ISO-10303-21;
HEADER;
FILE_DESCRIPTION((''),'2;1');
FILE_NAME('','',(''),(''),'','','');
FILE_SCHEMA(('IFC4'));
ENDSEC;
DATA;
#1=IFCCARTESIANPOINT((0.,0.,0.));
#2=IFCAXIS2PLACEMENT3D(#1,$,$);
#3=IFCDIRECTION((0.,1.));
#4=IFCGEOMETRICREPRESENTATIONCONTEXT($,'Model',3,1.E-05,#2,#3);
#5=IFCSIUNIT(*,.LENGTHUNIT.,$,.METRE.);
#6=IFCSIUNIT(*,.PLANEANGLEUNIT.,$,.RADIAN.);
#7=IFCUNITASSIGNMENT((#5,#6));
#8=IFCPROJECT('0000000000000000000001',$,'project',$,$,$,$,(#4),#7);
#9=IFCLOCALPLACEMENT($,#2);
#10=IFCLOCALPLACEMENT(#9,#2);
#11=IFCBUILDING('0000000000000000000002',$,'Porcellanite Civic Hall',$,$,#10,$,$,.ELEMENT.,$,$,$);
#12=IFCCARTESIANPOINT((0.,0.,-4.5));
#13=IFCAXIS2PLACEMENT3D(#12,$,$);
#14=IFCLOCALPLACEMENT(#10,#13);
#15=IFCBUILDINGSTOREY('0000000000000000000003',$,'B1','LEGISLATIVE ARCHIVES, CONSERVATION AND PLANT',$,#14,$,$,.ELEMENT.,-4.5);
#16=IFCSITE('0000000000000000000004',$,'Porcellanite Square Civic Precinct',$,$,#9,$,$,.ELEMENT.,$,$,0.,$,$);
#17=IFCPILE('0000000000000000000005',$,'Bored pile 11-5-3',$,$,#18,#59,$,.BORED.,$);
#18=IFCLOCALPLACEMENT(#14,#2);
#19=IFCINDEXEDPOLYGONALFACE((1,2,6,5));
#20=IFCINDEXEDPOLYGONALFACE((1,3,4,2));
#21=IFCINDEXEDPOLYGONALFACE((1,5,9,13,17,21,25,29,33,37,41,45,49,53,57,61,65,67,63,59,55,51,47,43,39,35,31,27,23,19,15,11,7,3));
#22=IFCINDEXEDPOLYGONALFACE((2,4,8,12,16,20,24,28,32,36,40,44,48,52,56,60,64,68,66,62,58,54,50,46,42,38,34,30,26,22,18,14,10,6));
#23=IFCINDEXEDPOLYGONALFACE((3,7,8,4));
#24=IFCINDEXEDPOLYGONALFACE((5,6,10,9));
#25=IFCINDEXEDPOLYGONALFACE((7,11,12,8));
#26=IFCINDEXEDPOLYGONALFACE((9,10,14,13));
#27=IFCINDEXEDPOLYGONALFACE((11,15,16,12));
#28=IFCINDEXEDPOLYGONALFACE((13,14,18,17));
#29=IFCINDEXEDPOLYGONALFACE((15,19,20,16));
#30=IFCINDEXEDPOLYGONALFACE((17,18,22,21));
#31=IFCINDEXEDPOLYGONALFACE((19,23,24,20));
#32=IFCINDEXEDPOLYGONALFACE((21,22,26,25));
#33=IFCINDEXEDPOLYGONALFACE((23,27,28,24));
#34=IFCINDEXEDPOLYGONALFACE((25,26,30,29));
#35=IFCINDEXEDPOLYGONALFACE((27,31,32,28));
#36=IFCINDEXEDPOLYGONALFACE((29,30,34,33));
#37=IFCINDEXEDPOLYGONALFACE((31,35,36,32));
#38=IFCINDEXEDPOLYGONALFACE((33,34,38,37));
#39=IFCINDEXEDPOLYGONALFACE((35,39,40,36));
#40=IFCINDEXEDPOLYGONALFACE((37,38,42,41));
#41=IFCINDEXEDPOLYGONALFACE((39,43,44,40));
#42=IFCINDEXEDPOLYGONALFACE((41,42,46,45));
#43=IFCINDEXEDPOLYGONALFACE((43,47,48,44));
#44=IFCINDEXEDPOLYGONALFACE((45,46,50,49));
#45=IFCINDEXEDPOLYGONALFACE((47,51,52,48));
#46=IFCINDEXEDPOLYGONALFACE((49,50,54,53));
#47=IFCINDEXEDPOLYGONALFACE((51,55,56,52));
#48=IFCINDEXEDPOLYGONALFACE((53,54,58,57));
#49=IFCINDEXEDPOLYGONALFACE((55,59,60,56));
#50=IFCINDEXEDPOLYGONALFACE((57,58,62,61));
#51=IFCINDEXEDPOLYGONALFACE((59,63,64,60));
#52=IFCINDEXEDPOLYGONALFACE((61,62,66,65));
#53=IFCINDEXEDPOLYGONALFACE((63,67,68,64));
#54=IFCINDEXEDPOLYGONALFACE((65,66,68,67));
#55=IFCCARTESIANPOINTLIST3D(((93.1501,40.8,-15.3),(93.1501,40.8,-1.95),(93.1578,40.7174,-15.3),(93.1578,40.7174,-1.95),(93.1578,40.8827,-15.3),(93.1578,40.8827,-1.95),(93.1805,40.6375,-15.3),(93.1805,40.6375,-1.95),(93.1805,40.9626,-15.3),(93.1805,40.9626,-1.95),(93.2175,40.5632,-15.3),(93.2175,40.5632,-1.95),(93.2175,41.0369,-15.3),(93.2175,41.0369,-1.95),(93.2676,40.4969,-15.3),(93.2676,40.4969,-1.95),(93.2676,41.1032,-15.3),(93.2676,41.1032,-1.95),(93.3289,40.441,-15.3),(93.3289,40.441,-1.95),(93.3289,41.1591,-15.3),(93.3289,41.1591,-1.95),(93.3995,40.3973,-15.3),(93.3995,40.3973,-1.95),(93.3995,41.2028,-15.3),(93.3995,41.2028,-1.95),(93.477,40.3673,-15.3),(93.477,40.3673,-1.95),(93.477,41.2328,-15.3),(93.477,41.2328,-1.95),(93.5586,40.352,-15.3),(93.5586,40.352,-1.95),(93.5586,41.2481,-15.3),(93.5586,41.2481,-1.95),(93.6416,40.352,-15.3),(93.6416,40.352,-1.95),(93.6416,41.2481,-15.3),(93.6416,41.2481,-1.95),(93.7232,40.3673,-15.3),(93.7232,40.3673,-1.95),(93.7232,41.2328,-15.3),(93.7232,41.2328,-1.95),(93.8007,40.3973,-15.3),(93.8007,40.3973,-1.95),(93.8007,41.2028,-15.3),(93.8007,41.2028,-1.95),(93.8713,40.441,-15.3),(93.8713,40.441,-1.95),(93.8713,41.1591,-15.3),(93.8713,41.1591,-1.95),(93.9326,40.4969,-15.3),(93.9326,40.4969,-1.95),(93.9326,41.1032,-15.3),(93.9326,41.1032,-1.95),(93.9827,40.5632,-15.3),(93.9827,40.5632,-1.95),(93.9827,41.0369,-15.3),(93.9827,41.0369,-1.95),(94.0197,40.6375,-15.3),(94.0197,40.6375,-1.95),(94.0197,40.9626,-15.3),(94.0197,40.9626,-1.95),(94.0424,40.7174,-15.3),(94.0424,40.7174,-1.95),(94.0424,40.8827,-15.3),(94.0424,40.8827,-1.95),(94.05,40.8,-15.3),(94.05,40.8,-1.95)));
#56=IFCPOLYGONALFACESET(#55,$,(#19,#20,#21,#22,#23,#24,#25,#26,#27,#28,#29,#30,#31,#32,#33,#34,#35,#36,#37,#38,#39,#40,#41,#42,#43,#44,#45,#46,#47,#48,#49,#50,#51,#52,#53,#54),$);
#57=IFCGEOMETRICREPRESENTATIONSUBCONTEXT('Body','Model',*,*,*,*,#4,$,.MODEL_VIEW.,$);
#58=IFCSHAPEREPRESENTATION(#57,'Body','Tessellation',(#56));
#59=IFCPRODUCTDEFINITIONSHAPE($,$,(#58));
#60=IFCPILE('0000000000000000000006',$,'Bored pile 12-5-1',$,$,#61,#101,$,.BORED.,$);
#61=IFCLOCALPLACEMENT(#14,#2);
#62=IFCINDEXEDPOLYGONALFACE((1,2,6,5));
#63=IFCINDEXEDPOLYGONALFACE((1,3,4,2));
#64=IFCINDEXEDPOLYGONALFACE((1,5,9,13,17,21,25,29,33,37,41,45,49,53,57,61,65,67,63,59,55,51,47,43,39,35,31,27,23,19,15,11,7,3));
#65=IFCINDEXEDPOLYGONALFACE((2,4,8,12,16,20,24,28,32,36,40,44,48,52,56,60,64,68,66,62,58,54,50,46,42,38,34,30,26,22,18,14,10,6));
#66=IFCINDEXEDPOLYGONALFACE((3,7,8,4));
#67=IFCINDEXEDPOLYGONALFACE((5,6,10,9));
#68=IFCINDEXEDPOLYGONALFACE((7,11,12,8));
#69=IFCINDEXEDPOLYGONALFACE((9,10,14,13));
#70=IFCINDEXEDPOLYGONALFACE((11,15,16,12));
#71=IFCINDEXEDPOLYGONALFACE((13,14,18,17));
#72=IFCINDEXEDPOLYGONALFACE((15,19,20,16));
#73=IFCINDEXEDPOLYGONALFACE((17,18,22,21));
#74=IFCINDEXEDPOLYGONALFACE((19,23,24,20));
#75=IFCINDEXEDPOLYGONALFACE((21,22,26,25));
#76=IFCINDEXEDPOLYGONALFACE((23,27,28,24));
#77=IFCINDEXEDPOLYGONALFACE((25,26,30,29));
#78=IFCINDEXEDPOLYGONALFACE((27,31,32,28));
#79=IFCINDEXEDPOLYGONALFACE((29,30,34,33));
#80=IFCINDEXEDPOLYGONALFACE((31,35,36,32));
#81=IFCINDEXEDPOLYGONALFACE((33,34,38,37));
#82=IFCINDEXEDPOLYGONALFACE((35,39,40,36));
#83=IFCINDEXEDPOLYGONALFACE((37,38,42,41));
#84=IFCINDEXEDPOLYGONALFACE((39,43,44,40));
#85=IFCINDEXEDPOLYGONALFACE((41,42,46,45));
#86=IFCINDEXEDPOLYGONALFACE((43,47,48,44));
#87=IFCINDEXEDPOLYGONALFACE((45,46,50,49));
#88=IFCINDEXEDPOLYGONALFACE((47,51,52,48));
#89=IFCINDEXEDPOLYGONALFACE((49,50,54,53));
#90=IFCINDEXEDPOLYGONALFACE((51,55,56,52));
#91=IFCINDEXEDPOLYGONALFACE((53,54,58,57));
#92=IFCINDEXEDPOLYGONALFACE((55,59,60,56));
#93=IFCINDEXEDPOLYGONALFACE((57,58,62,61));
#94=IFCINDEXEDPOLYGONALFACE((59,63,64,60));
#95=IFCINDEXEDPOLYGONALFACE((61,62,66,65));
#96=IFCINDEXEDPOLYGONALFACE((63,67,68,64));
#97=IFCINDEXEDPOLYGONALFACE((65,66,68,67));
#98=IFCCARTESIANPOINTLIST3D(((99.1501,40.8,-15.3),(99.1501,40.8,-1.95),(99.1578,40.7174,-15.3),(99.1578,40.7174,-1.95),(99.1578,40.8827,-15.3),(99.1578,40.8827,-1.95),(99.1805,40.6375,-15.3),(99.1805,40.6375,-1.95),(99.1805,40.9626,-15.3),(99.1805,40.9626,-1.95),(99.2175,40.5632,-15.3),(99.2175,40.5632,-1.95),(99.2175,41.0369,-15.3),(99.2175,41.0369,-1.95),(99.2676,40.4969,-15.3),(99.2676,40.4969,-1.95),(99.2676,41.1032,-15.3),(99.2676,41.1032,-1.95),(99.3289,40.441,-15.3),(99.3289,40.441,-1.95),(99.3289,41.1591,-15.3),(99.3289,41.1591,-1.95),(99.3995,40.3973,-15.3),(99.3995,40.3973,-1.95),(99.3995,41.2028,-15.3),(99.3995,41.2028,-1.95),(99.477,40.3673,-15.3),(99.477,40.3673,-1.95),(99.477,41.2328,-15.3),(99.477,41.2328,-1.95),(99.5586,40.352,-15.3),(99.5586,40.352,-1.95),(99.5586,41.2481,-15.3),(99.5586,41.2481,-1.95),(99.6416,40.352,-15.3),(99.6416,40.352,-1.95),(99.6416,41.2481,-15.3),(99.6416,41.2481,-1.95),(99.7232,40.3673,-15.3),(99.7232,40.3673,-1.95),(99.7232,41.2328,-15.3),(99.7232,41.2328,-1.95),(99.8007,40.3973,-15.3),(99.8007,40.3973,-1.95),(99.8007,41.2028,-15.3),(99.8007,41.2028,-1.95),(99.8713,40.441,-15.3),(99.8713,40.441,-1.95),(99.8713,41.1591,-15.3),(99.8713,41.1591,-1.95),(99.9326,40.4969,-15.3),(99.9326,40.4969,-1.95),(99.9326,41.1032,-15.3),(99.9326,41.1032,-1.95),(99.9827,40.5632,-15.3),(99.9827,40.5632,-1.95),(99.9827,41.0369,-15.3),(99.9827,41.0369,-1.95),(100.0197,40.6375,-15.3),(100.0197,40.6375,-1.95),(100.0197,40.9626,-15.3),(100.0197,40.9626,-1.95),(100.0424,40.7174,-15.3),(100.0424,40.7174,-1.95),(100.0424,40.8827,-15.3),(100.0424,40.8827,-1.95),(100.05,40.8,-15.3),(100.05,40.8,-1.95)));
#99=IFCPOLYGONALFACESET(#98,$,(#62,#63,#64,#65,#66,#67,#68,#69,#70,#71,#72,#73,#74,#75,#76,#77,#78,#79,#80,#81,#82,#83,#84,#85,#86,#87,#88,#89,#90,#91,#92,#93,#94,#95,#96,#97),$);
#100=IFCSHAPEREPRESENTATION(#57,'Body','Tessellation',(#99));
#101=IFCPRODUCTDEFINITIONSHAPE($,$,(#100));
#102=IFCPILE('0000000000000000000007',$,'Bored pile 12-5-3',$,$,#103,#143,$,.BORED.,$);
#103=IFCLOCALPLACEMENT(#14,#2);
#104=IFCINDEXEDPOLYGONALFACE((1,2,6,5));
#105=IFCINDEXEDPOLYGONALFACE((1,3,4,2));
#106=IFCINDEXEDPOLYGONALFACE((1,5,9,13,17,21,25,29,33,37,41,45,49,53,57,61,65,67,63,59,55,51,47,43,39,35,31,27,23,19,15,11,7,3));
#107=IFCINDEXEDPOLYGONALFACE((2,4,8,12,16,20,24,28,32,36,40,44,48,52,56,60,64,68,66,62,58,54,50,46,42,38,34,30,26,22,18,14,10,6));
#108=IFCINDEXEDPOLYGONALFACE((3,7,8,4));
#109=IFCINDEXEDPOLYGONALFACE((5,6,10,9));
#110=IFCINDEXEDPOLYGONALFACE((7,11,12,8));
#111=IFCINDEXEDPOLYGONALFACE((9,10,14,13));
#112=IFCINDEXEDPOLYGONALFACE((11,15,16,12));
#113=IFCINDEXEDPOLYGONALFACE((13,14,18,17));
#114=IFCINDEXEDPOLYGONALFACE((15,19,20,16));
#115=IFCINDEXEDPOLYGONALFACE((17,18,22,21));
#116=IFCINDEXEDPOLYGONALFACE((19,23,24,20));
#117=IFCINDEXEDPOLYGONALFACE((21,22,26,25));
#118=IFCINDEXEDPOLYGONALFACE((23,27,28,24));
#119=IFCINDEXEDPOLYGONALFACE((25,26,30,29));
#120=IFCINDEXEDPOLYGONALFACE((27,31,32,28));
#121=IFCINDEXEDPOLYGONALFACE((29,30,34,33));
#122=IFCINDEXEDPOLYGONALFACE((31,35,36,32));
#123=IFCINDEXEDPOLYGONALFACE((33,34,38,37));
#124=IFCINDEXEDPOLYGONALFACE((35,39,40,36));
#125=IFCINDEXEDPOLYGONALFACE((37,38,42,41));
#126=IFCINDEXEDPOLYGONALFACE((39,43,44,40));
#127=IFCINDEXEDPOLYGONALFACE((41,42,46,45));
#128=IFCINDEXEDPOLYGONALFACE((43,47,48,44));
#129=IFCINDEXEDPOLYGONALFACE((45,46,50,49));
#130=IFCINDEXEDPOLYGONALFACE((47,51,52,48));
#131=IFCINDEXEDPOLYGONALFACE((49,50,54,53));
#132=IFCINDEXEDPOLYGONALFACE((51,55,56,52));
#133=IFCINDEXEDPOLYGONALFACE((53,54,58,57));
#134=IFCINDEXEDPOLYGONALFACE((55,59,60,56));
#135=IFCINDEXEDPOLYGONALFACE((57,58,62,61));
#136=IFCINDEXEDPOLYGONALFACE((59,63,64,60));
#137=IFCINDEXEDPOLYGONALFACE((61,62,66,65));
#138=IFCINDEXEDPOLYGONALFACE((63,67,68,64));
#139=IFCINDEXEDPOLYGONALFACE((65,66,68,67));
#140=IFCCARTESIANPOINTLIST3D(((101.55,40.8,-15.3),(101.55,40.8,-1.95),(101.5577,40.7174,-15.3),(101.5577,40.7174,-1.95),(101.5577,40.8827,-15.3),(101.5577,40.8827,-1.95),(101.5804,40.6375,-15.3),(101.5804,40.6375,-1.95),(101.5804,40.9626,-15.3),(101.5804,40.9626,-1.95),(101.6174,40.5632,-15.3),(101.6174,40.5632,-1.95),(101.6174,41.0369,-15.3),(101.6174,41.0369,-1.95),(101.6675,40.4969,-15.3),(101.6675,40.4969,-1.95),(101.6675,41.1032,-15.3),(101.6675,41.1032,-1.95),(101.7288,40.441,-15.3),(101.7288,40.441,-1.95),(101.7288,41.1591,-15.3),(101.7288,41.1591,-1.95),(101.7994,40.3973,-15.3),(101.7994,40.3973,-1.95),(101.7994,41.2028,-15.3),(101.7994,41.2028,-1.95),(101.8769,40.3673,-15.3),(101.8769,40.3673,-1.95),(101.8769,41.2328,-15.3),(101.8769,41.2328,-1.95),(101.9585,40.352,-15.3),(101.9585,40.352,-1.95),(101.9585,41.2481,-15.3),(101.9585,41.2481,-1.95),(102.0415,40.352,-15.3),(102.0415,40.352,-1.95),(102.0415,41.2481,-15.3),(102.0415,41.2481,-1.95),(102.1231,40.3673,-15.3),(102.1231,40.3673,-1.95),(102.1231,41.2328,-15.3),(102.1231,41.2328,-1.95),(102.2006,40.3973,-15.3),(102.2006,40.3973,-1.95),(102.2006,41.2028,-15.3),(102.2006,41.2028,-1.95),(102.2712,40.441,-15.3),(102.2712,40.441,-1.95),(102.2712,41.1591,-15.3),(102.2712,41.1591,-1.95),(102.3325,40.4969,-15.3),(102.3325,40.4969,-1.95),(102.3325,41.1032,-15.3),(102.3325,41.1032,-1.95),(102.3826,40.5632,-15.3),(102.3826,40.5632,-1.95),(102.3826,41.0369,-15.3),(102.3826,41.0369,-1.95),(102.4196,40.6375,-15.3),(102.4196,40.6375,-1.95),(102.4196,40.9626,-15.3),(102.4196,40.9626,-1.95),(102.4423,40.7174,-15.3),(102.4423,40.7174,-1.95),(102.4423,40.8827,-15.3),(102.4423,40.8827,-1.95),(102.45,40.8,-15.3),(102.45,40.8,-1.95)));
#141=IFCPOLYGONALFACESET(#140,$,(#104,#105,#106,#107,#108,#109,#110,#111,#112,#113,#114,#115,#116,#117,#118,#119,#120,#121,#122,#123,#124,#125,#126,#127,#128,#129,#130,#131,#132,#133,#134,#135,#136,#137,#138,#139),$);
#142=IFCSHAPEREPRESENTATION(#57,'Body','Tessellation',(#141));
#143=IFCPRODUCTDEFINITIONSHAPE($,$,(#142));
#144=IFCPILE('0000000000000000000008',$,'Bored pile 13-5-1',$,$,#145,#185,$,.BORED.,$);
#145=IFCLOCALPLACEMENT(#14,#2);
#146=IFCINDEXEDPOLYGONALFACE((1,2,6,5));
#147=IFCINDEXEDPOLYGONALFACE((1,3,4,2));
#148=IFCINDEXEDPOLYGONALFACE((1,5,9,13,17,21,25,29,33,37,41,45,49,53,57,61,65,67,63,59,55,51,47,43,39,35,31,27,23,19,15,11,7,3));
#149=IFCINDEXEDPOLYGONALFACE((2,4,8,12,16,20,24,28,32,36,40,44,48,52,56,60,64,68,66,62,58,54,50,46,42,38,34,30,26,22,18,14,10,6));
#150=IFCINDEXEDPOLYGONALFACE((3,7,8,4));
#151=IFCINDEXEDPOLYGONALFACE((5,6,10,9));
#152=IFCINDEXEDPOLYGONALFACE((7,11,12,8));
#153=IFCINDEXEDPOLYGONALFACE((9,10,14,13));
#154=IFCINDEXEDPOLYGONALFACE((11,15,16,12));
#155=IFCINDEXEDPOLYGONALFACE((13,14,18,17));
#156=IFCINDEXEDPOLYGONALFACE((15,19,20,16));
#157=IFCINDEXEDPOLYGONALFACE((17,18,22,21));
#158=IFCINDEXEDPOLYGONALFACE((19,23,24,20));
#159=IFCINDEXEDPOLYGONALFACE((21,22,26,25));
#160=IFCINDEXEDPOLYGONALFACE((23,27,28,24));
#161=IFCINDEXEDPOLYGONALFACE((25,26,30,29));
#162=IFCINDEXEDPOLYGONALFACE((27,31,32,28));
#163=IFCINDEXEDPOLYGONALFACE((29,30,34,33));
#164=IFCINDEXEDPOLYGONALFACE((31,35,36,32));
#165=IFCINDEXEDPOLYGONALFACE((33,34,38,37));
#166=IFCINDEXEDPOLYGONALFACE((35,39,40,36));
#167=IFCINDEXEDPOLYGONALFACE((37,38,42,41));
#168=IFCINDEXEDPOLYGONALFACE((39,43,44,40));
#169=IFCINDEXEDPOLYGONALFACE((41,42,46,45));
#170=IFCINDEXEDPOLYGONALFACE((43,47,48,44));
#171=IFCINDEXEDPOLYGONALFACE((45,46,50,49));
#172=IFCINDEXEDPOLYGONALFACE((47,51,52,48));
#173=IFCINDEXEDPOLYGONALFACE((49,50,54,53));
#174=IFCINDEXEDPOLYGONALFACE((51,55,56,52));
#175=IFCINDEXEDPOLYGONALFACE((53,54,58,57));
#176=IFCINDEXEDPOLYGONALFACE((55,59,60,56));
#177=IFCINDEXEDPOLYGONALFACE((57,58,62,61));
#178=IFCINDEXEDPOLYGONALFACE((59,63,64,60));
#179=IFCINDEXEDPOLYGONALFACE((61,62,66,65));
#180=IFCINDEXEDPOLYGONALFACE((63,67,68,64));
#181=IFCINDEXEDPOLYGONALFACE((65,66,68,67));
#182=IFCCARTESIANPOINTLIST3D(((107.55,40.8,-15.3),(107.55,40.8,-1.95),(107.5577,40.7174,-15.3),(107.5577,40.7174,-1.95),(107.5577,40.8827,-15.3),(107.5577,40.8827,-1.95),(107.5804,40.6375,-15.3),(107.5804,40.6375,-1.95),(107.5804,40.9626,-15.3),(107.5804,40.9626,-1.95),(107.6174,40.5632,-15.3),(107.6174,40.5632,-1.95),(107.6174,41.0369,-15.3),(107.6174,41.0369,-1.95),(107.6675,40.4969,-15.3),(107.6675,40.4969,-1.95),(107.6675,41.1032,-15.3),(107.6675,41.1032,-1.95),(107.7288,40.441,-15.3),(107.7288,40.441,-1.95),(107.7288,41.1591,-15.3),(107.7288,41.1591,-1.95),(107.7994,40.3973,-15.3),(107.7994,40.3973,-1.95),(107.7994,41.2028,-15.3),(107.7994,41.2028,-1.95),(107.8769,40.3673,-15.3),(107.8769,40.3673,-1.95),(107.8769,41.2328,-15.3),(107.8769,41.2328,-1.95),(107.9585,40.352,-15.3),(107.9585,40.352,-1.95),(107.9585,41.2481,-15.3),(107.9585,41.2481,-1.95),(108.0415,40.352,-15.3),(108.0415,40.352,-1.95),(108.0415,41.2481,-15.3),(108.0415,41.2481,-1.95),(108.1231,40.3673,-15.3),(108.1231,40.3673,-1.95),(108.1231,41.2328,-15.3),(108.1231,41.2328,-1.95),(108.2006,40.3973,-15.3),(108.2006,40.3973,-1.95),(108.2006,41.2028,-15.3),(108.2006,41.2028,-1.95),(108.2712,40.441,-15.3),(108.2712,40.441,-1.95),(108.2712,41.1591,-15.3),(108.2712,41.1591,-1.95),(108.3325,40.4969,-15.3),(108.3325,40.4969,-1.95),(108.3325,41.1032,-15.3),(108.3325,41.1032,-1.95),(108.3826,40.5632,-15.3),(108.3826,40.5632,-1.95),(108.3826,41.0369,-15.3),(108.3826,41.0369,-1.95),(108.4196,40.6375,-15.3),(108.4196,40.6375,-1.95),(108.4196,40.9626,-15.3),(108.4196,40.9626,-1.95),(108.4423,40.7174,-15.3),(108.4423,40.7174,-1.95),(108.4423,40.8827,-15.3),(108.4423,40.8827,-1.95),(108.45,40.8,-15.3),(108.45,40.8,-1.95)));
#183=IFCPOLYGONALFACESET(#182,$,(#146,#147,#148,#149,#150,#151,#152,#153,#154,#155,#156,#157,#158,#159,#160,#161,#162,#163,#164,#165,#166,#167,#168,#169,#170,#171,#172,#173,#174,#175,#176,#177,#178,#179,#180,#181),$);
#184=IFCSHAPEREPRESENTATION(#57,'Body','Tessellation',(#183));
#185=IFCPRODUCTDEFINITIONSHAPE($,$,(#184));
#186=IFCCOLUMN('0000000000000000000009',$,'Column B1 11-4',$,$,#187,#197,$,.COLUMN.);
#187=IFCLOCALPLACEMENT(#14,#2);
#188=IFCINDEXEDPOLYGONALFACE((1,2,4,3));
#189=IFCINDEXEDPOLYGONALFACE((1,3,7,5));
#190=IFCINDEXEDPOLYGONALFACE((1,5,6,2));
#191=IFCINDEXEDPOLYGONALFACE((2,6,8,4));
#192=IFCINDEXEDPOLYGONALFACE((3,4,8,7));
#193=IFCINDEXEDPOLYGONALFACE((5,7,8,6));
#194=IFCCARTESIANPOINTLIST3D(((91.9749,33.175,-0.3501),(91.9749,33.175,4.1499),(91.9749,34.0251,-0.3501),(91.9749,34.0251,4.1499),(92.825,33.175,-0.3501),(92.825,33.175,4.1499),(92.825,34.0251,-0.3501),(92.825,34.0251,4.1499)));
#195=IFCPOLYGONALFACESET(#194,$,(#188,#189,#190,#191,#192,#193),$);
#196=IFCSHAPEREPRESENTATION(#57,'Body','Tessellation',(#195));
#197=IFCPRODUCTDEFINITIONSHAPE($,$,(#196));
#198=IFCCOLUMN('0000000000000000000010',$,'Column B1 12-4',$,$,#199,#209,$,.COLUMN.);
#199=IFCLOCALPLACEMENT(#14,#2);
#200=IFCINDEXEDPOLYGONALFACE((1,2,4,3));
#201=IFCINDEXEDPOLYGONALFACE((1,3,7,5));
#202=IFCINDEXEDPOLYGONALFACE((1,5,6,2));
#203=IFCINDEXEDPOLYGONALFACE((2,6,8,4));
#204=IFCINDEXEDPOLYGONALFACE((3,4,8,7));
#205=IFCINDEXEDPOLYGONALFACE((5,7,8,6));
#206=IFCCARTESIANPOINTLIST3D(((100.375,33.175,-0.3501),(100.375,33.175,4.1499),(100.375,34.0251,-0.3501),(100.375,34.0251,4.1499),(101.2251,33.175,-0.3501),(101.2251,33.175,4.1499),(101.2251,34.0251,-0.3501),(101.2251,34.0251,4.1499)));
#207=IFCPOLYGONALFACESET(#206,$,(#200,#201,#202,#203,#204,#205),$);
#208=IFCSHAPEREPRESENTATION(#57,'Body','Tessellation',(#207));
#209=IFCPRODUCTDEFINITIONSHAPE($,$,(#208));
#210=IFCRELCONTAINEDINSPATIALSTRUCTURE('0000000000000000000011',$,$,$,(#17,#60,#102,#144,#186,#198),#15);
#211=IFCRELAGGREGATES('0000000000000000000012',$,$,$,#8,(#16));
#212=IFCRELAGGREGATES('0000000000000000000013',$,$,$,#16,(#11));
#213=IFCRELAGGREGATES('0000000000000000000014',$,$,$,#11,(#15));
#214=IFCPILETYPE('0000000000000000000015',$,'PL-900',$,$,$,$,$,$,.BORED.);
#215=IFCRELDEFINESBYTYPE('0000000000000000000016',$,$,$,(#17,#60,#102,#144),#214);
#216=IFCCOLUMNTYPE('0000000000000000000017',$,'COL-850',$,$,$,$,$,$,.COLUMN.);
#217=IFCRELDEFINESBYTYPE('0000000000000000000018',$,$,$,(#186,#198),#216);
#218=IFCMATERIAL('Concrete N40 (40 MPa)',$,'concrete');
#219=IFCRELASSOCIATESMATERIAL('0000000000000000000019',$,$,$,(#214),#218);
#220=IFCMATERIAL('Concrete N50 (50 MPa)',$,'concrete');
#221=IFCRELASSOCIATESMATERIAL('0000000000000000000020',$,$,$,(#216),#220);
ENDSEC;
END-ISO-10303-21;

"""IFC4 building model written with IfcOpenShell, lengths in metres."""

from ifc_helpers import new_model, si_unit, direction, frame, origin, origin_2d, place, context, subcontext, project, spatial, rectangle, circle, extrude, material, material_profile, profile_set, type_object, element, save


model = new_model("IFC4")

# Units and contexts
model_context = context("Model", 3, precision=1e-05, world=origin(), true_north=direction((0.0, 1.0)))
body_context = subcontext(model_context, "Body", "Model", "MODEL_VIEW")
ifc_project = project(units=[si_unit("LENGTHUNIT", "METRE"), si_unit("PLANEANGLEUNIT", "RADIAN")], contexts=[model_context])

# Site, building, storey
site_placement = place(None, origin())
site = spatial("IfcSite", under=ifc_project, at=site_placement, Name="Porcellanite Square Civic Precinct", CompositionType="ELEMENT", RefElevation=0.0)
building_placement = place(site_placement, origin())
building = spatial("IfcBuilding", under=site, at=building_placement, Name="Porcellanite Civic Hall", CompositionType="ELEMENT")
storey_placement = place(building_placement, frame((0.0, 0.0, -4.5)))
storey = spatial("IfcBuildingStorey", under=building, at=storey_placement, Name="B1", Description="LEGISLATIVE ARCHIVES, CONSERVATION AND PLANT", CompositionType="ELEMENT", Elevation=-4.5)

# Piles
ifc_material_1 = material(Name="Concrete N40 (40 MPa)", Category="concrete")
ifc_material_profile_1 = material_profile(ifc_material_1, circle(Radius=0.45, at=origin_2d()), Name="PILE-D900")
ifc_profile_set_1 = profile_set([ifc_material_profile_1], Name="Concrete N40 (40 MPa)")
pile_type_1 = type_object("IfcPileType", Name="PL-900", PredefinedType="BORED", material=ifc_profile_set_1)
for number, where, z_axis, x_axis, name in (
    (1, (93.6001, 40.8, -1.95), (0.0, 0.0, -1.0), (1.0, 0.0, 0.0), "Bored pile 11-5-3"),
    (2, (99.6001, 40.8, -1.95), (0.0, 0.0, -1.0), (1.0, 0.0, 0.0), "Bored pile 12-5-1"),
    (3, (102.0, 40.8, -1.95), (0.0, 0.0, -1.0), (1.0, 0.0, 0.0), "Bored pile 12-5-3"),
    (4, (108.0, 40.8, -1.95), (0.0, 0.0, -1.0), (1.0, 0.0, 0.0), "Bored pile 13-5-1"),
):
    element("IfcPile", number, at=place(storey_placement, frame(where, z_axis=z_axis, x_axis=x_axis)), inside=storey, type_object=pile_type_1, Name=name, PredefinedType="BORED", context=body_context, shape_type="SweptSolid", body=[
        extrude(circle(Radius=0.45, at=origin_2d()), origin(), (0.0, 0.0, 1.0), 13.3501),
    ])

# Columns
ifc_material_2 = material(Name="Concrete N50 (50 MPa)", Category="concrete")
ifc_material_profile_2 = material_profile(ifc_material_2, rectangle(XDim=0.8501, YDim=0.8501, at=origin_2d()), Name="RC-850x850")
ifc_profile_set_2 = profile_set([ifc_material_profile_2], Name="Concrete N50 (50 MPa)")
column_type = type_object("IfcColumnType", Name="COL-850", PredefinedType="COLUMN", material=ifc_profile_set_2)
for number, where, z_axis, x_axis, name in (
    (5, (92.3999, 33.6001, -0.3501), (0.0, 0.0, 1.0), (1.0, 0.0, 0.0), "Column B1 11-4"),
    (6, (100.8, 33.6001, -0.3501), (0.0, 0.0, 1.0), (1.0, 0.0, 0.0), "Column B1 12-4"),
):
    element("IfcColumn", number, at=place(storey_placement, frame(where, z_axis=z_axis, x_axis=x_axis)), inside=storey, type_object=column_type, Name=name, PredefinedType="COLUMN", context=body_context, shape_type="SweptSolid", body=[
        extrude(rectangle(XDim=0.8501, YDim=0.8501, at=origin_2d()), origin(), (0.0, 0.0, 1.0), 4.5),
    ])

save(model, "model.ifc")
